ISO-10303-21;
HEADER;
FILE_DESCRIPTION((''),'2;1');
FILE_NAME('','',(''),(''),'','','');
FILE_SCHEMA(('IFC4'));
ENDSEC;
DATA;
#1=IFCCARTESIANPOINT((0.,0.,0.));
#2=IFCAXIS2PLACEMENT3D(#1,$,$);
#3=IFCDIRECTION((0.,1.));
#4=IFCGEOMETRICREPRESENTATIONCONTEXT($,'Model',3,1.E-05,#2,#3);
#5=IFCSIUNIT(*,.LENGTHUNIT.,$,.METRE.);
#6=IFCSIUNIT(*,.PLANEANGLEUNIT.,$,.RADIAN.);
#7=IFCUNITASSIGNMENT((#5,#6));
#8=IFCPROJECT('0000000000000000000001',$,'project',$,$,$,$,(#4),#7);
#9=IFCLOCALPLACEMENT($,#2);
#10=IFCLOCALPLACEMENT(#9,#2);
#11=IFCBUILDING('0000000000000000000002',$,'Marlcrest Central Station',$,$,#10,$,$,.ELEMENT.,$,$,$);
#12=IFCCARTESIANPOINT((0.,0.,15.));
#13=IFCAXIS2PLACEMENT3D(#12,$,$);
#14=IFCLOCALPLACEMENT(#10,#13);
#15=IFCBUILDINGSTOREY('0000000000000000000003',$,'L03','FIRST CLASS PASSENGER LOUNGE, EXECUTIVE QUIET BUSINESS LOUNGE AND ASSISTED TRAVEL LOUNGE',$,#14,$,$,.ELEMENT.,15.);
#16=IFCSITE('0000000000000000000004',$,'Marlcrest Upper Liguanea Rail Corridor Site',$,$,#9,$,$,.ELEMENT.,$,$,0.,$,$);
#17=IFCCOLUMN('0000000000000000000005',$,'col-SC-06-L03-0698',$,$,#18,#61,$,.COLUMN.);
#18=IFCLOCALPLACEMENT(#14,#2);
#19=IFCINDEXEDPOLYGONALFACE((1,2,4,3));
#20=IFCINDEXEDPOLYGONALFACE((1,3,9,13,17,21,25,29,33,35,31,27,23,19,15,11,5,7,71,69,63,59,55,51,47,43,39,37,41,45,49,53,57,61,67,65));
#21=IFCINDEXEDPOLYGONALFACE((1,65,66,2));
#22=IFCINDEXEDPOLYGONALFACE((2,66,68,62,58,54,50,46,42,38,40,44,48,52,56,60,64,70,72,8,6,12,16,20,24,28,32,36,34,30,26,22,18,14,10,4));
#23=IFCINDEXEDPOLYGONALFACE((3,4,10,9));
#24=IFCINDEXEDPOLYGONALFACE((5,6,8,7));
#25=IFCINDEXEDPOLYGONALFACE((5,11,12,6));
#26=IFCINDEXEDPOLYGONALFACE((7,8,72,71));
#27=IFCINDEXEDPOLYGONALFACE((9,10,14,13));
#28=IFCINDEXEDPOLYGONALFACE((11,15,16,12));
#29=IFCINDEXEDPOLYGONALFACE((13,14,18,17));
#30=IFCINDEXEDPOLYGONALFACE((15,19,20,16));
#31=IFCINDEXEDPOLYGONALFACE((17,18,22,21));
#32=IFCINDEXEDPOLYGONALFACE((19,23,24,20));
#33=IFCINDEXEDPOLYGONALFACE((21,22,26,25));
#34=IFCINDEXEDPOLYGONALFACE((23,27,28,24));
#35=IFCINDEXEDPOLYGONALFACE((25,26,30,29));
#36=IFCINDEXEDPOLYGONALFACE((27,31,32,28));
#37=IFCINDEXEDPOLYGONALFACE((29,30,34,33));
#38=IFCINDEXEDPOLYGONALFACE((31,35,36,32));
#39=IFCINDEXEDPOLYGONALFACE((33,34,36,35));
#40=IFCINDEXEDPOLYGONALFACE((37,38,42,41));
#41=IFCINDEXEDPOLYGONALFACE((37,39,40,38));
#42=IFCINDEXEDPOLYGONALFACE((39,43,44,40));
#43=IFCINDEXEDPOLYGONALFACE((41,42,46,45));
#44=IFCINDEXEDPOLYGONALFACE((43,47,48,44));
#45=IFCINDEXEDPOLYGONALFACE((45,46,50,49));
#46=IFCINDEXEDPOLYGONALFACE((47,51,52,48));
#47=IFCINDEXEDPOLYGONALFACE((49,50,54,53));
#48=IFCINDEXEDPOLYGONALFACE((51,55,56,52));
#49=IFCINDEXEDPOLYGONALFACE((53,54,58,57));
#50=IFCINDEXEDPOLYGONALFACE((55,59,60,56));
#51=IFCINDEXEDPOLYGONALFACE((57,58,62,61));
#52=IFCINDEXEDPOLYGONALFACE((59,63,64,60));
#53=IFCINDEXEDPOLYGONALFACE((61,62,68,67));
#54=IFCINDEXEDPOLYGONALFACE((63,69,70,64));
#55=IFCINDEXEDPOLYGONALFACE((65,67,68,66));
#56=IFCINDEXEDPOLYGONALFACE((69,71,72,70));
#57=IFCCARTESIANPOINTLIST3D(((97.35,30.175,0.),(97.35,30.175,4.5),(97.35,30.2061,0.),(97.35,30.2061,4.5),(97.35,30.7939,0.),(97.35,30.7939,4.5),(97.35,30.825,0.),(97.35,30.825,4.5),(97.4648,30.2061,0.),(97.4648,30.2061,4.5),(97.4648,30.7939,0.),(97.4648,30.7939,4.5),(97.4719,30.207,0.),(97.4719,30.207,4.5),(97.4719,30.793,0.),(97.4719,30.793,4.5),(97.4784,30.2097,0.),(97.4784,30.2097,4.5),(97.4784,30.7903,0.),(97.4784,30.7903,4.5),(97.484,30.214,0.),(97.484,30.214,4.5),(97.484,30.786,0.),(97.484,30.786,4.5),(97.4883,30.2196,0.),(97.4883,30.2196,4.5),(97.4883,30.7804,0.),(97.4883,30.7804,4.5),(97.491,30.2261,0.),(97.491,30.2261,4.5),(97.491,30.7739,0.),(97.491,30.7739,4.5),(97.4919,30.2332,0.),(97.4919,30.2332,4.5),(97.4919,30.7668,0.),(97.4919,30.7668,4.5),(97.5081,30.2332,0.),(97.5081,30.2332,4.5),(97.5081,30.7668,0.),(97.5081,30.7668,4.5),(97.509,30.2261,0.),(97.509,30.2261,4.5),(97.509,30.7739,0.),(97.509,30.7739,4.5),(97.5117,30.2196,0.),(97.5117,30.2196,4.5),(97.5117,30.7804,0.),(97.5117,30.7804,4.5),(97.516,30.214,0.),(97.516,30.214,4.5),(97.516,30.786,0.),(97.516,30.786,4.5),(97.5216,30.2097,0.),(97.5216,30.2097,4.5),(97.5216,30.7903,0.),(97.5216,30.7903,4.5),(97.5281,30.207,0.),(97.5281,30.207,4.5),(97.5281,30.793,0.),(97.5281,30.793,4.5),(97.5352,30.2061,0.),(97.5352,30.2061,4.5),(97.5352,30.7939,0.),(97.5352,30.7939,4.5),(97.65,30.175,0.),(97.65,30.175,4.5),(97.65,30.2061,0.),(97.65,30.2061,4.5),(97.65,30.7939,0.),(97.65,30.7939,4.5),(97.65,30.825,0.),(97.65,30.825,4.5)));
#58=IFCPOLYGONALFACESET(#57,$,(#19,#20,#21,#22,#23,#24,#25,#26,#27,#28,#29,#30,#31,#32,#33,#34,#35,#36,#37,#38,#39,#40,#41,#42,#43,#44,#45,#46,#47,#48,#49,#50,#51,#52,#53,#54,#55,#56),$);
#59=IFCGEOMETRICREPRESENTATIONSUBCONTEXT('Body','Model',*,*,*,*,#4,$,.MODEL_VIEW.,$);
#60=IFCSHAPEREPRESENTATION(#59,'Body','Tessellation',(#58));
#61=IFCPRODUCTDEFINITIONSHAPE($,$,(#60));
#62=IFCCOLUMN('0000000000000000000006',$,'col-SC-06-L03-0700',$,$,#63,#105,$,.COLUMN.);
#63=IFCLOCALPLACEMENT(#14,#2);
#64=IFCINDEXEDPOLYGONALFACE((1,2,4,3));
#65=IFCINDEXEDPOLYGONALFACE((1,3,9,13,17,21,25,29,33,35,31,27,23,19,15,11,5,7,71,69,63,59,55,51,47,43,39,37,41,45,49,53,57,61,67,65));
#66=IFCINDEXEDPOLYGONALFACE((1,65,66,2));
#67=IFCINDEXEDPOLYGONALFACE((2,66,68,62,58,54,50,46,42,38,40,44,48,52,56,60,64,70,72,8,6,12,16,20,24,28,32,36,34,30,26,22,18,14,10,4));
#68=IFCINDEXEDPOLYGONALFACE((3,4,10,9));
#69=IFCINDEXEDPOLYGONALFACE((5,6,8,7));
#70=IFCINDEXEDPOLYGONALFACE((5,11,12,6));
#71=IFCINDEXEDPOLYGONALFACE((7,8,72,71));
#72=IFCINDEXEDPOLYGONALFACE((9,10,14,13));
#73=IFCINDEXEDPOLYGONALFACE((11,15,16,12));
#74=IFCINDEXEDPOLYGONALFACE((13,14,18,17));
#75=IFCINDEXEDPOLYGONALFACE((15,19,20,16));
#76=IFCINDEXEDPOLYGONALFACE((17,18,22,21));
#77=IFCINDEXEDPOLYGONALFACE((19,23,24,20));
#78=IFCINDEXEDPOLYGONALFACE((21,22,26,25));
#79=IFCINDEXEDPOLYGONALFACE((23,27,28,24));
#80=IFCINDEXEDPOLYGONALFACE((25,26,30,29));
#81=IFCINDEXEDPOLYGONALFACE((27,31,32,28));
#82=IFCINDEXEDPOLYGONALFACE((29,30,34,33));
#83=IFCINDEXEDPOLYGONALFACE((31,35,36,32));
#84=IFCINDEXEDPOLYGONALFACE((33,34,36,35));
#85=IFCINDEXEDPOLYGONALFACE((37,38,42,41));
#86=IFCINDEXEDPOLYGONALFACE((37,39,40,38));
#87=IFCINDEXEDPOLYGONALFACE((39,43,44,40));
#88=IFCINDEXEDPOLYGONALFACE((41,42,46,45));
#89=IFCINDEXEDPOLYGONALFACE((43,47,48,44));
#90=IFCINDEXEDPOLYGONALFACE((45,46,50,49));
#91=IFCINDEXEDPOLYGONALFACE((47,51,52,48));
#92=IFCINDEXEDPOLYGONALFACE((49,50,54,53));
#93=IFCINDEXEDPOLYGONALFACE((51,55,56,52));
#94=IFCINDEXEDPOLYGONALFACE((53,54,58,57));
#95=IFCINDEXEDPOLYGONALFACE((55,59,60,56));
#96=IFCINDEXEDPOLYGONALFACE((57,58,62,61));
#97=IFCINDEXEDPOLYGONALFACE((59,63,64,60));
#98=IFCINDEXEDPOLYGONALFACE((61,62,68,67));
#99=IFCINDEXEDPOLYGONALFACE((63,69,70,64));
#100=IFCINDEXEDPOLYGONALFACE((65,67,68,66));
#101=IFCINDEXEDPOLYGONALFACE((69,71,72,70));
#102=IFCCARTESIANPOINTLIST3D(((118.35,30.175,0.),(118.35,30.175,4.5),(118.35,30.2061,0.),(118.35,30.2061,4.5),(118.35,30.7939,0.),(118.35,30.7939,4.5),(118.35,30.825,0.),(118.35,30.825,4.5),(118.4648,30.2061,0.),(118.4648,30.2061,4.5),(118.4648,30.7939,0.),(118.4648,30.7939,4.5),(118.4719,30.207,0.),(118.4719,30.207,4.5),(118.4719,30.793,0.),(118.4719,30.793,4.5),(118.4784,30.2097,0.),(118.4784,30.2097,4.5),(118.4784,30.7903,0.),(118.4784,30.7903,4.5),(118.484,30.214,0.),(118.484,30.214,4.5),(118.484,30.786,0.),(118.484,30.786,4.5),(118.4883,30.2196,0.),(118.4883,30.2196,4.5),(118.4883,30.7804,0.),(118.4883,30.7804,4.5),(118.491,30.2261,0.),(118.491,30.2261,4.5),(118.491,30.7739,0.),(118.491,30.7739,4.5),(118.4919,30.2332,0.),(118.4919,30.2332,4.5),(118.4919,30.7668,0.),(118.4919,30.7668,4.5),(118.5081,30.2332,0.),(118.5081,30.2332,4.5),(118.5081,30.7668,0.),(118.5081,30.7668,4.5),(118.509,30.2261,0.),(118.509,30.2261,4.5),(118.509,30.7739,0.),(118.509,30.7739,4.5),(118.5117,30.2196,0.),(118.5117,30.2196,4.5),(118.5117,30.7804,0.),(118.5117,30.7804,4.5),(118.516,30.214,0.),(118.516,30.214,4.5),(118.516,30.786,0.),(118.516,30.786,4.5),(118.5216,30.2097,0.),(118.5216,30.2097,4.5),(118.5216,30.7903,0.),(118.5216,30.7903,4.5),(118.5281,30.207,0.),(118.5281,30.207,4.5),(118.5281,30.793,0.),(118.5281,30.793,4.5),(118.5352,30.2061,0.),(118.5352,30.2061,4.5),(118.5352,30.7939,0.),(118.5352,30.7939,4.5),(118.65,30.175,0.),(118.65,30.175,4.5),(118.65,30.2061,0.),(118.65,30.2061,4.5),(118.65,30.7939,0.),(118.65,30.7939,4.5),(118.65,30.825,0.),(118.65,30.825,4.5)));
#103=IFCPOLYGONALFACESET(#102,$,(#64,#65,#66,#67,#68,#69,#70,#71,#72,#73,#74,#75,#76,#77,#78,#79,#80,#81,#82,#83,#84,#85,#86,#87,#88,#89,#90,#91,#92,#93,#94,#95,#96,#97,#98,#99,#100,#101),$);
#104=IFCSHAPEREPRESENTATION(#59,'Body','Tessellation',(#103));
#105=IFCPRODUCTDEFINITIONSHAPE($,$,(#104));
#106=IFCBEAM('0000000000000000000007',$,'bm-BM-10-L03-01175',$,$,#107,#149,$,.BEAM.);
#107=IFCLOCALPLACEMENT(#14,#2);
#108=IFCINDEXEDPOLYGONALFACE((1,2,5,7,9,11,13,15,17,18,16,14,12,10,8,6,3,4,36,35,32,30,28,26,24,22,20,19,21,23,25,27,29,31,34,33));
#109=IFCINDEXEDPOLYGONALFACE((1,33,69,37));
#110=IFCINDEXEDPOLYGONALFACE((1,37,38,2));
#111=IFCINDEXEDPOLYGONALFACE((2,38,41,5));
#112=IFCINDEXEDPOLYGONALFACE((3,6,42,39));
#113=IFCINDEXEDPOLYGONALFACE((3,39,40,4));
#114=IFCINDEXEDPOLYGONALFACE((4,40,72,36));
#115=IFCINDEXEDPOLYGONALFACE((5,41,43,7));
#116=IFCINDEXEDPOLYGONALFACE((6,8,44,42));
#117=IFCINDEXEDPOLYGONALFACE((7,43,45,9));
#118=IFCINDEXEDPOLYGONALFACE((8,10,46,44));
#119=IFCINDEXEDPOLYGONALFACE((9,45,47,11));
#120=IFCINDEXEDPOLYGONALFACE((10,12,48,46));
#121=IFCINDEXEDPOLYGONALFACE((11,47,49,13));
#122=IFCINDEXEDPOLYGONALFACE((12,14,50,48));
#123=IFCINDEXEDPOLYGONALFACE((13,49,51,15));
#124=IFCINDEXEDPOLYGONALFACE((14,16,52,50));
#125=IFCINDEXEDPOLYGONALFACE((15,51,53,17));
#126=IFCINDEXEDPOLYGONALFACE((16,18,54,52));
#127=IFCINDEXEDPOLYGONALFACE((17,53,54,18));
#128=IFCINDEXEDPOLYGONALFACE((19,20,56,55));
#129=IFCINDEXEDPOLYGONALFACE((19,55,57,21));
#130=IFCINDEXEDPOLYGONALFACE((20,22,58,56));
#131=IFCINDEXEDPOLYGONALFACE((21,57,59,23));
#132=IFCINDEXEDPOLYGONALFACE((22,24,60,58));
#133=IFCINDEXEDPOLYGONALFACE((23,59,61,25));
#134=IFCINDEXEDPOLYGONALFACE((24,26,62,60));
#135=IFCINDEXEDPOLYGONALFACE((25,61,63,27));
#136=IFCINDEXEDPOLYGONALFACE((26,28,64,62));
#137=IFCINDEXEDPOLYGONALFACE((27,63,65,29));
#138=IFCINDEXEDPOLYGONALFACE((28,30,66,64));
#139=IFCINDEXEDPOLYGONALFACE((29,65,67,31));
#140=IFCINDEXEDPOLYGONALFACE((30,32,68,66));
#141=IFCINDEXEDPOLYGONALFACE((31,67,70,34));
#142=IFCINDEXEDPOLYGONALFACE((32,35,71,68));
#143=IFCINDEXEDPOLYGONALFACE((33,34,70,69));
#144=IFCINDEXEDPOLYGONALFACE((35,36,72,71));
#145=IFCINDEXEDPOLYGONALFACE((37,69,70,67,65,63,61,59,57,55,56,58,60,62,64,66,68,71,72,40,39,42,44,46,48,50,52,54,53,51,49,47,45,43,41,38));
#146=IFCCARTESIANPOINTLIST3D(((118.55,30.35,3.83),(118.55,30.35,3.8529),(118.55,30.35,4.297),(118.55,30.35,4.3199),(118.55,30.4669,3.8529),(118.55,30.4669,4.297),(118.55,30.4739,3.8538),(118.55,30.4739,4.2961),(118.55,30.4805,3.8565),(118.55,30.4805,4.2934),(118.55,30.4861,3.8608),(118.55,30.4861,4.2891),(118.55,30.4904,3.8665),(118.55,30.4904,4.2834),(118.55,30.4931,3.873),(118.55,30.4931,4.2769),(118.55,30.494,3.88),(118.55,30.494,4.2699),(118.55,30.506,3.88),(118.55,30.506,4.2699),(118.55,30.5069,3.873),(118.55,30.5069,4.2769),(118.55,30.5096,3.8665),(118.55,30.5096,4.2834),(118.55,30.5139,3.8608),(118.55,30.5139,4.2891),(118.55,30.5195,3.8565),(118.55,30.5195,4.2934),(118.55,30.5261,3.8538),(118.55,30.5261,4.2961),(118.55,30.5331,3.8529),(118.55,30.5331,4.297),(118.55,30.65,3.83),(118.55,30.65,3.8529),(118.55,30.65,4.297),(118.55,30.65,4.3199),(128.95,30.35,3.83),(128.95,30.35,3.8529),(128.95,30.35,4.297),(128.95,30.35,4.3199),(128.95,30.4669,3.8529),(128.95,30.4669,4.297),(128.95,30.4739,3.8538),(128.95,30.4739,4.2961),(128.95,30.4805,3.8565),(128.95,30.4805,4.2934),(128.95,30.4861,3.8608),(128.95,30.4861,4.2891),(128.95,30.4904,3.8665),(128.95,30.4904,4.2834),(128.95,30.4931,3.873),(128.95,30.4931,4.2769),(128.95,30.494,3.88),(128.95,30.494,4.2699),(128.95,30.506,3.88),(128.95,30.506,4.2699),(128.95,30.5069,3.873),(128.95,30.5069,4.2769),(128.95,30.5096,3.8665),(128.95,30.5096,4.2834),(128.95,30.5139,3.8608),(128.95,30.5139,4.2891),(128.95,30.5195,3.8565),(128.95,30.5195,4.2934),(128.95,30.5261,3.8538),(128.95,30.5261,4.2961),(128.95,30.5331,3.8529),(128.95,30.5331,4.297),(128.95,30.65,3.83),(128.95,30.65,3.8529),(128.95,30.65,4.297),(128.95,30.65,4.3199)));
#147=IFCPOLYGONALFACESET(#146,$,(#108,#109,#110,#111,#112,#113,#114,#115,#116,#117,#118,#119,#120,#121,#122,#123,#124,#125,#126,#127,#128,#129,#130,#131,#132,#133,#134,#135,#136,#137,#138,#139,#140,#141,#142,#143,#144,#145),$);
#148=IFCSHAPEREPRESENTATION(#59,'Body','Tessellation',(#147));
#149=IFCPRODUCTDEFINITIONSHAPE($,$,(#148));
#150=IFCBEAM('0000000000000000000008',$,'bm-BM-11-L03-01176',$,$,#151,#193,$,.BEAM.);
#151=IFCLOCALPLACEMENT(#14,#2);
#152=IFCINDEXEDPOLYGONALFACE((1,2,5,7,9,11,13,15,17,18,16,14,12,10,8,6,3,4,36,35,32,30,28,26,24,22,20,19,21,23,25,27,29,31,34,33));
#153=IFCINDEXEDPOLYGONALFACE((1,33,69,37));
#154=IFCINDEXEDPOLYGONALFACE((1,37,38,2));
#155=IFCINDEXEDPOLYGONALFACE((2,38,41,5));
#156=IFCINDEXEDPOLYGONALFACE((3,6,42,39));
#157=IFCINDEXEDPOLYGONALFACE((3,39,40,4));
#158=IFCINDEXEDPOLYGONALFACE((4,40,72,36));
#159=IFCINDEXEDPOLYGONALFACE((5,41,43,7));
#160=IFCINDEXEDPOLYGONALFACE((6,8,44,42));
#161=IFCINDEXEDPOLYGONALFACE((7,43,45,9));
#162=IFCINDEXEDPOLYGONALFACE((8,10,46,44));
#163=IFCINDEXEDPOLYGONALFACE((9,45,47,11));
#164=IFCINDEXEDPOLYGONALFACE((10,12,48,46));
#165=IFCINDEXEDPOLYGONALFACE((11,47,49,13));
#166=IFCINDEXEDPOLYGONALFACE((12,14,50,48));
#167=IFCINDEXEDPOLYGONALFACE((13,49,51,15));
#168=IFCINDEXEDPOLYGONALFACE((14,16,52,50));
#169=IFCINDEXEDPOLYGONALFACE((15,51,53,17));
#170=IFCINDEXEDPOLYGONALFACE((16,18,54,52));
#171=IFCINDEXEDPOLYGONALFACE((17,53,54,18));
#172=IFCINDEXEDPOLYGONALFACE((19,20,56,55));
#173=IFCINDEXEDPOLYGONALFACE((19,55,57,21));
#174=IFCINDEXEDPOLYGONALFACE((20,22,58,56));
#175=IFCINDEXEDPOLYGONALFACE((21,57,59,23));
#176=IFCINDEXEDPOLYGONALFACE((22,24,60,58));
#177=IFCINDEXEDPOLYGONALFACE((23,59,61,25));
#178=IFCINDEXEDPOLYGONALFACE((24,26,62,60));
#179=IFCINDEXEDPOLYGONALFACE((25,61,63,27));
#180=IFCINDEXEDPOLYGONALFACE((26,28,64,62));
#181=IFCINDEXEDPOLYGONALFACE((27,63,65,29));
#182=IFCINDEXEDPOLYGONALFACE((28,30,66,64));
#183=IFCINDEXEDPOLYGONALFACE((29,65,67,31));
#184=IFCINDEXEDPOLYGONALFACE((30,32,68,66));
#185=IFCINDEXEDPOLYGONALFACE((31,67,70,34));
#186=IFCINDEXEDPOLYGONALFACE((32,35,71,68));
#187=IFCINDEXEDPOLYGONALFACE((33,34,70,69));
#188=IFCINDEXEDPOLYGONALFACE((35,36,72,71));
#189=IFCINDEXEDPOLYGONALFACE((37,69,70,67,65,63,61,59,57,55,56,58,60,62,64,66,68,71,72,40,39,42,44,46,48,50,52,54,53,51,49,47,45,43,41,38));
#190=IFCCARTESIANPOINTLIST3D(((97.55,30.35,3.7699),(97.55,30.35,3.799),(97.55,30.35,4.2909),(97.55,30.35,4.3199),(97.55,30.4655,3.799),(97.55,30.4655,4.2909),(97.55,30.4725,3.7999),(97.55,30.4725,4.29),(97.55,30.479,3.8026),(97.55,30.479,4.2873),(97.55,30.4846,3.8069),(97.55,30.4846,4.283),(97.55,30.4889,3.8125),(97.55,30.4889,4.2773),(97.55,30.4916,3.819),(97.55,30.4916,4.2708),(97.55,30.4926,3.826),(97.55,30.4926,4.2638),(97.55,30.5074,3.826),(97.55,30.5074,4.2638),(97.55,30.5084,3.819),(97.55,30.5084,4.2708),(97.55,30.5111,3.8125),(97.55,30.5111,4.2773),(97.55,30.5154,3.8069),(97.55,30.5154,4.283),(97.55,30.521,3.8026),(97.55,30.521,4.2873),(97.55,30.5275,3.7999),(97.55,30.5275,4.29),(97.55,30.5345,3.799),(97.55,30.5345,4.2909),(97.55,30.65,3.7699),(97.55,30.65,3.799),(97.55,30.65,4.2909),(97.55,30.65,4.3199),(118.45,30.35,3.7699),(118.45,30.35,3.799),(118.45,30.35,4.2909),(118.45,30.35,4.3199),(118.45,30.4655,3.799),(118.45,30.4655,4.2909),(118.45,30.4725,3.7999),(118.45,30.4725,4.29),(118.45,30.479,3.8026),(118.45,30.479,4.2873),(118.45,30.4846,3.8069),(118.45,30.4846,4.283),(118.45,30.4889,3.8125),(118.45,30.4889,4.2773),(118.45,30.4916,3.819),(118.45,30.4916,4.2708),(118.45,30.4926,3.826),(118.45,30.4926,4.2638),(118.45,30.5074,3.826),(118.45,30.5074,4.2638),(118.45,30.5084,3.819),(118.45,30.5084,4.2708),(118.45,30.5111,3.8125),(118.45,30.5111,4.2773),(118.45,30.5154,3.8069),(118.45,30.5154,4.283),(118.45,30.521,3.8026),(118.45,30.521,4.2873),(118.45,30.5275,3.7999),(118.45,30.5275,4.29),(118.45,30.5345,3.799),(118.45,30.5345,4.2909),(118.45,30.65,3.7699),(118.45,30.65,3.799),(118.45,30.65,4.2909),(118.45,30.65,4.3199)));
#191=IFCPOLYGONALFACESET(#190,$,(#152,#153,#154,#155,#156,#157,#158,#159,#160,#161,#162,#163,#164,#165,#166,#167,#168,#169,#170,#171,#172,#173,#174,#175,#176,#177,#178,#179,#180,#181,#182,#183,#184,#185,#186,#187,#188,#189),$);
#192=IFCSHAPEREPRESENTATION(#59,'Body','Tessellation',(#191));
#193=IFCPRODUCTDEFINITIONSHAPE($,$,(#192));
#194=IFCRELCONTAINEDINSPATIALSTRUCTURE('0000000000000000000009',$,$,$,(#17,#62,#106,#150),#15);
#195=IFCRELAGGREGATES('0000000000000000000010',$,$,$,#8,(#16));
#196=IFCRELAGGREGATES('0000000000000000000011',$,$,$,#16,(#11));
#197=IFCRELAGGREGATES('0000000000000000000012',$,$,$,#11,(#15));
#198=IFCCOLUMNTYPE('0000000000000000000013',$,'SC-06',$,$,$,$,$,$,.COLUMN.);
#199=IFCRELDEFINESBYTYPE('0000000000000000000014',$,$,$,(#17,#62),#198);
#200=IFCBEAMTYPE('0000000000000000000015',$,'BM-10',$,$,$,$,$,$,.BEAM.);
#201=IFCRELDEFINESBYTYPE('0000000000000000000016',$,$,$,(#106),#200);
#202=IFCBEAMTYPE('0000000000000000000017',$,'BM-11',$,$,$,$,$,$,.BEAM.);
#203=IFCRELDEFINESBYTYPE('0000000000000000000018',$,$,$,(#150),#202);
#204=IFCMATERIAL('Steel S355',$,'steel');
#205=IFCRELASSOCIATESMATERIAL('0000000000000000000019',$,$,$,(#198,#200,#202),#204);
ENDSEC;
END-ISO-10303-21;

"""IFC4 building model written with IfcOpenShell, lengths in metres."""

from ifc_helpers import new_model, si_unit, direction, frame, origin, origin_2d, place, context, subcontext, project, spatial, i_section, extrude, material, material_profile, profile_set, type_object, element, save


model = new_model("IFC4")

# Units and contexts
model_context = context("Model", 3, precision=1e-05, world=origin(), true_north=direction((0.0, 1.0)))
body_context = subcontext(model_context, "Body", "Model", "MODEL_VIEW")
ifc_project = project(units=[si_unit("LENGTHUNIT", "METRE"), si_unit("PLANEANGLEUNIT", "RADIAN")], contexts=[model_context])

# Site, building, storey
site_placement = place(None, origin())
site = spatial("IfcSite", under=ifc_project, at=site_placement, Name="Marlcrest Upper Liguanea Rail Corridor Site", CompositionType="ELEMENT", RefElevation=0.0)
building_placement = place(site_placement, origin())
building = spatial("IfcBuilding", under=site, at=building_placement, Name="Marlcrest Central Station", CompositionType="ELEMENT")
storey_placement = place(building_placement, frame((0.0, 0.0, 15.0)))
storey = spatial("IfcBuildingStorey", under=building, at=storey_placement, Name="L03", Description="FIRST CLASS PASSENGER LOUNGE, EXECUTIVE QUIET BUSINESS LOUNGE AND ASSISTED TRAVEL LOUNGE", CompositionType="ELEMENT", Elevation=15.0)

# Columns
ifc_material_1 = material(Name="Steel S355", Category="steel")
ifc_material_profile_1 = material_profile(ifc_material_1, i_section(OverallWidth=0.3, OverallDepth=0.6499, WebThickness=0.0161, FlangeThickness=0.031, FilletRadius=0.0271, at=origin_2d()), Name="HEB 650")
ifc_profile_set_1 = profile_set([ifc_material_profile_1], Name="Steel S355")
column_type = type_object("IfcColumnType", Name="SC-06", PredefinedType="COLUMN", material=ifc_profile_set_1)
for number, where, z_axis, x_axis, name in (
    (1, (97.5, 30.5, 0.0), (0.0, 0.0, 1.0), (1.0, 0.0, 0.0), "col-SC-06-L03-0698"),
    (2, (118.5, 30.5, 0.0), (0.0, 0.0, 1.0), (1.0, 0.0, 0.0), "col-SC-06-L03-0700"),
):
    element("IfcColumn", number, at=place(storey_placement, frame(where, z_axis=z_axis, x_axis=x_axis)), inside=storey, type_object=column_type, Name=name, PredefinedType="COLUMN", context=body_context, shape_type="SweptSolid", body=[
        extrude(i_section(OverallWidth=0.3, OverallDepth=0.6499, WebThickness=0.0161, FlangeThickness=0.031, FilletRadius=0.0271, at=origin_2d()), origin(), (0.0, 0.0, 1.0), 4.5),
    ])

# Beams
ifc_material_profile_2 = material_profile(ifc_material_1, i_section(OverallWidth=0.3, OverallDepth=0.49, WebThickness=0.012, FlangeThickness=0.0229, FilletRadius=0.0271, at=origin_2d()), Name="HEA 500")
ifc_profile_set_2 = profile_set([ifc_material_profile_2], Name="Steel S355")
beam_type_1 = type_object("IfcBeamType", Name="BM-10", PredefinedType="BEAM", material=ifc_profile_set_2)
beam_1_placement = place(storey_placement, frame((118.55, 30.5, 4.075), z_axis=(1.0, 0.0, 0.0), x_axis=(0.0, 1.0, 0.0)))
element("IfcBeam", 3, at=beam_1_placement, inside=storey, type_object=beam_type_1, Name="bm-BM-10-L03-01175", PredefinedType="BEAM", context=body_context, shape_type="SweptSolid", body=[
    extrude(i_section(OverallWidth=0.3, OverallDepth=0.49, WebThickness=0.012, FlangeThickness=0.0229, FilletRadius=0.0271, at=origin_2d()), origin(), (0.0, 0.0, 1.0), 10.3999),
])
ifc_material_profile_3 = material_profile(ifc_material_1, i_section(OverallWidth=0.3, OverallDepth=0.55, WebThickness=0.0149, FlangeThickness=0.0291, FilletRadius=0.0271, at=origin_2d()), Name="HEB 550")
ifc_profile_set_3 = profile_set([ifc_material_profile_3], Name="Steel S355")
beam_type_2 = type_object("IfcBeamType", Name="BM-11", PredefinedType="BEAM", material=ifc_profile_set_3)
beam_2_placement = place(storey_placement, frame((97.55, 30.5, 4.0449), z_axis=(1.0, 0.0, 0.0), x_axis=(0.0, 1.0, 0.0)))
element("IfcBeam", 4, at=beam_2_placement, inside=storey, type_object=beam_type_2, Name="bm-BM-11-L03-01176", PredefinedType="BEAM", context=body_context, shape_type="SweptSolid", body=[
    extrude(i_section(OverallWidth=0.3, OverallDepth=0.55, WebThickness=0.0149, FlangeThickness=0.0291, FilletRadius=0.0271, at=origin_2d()), origin(), (0.0, 0.0, 1.0), 20.8999),
])

save(model, "model.ifc")
